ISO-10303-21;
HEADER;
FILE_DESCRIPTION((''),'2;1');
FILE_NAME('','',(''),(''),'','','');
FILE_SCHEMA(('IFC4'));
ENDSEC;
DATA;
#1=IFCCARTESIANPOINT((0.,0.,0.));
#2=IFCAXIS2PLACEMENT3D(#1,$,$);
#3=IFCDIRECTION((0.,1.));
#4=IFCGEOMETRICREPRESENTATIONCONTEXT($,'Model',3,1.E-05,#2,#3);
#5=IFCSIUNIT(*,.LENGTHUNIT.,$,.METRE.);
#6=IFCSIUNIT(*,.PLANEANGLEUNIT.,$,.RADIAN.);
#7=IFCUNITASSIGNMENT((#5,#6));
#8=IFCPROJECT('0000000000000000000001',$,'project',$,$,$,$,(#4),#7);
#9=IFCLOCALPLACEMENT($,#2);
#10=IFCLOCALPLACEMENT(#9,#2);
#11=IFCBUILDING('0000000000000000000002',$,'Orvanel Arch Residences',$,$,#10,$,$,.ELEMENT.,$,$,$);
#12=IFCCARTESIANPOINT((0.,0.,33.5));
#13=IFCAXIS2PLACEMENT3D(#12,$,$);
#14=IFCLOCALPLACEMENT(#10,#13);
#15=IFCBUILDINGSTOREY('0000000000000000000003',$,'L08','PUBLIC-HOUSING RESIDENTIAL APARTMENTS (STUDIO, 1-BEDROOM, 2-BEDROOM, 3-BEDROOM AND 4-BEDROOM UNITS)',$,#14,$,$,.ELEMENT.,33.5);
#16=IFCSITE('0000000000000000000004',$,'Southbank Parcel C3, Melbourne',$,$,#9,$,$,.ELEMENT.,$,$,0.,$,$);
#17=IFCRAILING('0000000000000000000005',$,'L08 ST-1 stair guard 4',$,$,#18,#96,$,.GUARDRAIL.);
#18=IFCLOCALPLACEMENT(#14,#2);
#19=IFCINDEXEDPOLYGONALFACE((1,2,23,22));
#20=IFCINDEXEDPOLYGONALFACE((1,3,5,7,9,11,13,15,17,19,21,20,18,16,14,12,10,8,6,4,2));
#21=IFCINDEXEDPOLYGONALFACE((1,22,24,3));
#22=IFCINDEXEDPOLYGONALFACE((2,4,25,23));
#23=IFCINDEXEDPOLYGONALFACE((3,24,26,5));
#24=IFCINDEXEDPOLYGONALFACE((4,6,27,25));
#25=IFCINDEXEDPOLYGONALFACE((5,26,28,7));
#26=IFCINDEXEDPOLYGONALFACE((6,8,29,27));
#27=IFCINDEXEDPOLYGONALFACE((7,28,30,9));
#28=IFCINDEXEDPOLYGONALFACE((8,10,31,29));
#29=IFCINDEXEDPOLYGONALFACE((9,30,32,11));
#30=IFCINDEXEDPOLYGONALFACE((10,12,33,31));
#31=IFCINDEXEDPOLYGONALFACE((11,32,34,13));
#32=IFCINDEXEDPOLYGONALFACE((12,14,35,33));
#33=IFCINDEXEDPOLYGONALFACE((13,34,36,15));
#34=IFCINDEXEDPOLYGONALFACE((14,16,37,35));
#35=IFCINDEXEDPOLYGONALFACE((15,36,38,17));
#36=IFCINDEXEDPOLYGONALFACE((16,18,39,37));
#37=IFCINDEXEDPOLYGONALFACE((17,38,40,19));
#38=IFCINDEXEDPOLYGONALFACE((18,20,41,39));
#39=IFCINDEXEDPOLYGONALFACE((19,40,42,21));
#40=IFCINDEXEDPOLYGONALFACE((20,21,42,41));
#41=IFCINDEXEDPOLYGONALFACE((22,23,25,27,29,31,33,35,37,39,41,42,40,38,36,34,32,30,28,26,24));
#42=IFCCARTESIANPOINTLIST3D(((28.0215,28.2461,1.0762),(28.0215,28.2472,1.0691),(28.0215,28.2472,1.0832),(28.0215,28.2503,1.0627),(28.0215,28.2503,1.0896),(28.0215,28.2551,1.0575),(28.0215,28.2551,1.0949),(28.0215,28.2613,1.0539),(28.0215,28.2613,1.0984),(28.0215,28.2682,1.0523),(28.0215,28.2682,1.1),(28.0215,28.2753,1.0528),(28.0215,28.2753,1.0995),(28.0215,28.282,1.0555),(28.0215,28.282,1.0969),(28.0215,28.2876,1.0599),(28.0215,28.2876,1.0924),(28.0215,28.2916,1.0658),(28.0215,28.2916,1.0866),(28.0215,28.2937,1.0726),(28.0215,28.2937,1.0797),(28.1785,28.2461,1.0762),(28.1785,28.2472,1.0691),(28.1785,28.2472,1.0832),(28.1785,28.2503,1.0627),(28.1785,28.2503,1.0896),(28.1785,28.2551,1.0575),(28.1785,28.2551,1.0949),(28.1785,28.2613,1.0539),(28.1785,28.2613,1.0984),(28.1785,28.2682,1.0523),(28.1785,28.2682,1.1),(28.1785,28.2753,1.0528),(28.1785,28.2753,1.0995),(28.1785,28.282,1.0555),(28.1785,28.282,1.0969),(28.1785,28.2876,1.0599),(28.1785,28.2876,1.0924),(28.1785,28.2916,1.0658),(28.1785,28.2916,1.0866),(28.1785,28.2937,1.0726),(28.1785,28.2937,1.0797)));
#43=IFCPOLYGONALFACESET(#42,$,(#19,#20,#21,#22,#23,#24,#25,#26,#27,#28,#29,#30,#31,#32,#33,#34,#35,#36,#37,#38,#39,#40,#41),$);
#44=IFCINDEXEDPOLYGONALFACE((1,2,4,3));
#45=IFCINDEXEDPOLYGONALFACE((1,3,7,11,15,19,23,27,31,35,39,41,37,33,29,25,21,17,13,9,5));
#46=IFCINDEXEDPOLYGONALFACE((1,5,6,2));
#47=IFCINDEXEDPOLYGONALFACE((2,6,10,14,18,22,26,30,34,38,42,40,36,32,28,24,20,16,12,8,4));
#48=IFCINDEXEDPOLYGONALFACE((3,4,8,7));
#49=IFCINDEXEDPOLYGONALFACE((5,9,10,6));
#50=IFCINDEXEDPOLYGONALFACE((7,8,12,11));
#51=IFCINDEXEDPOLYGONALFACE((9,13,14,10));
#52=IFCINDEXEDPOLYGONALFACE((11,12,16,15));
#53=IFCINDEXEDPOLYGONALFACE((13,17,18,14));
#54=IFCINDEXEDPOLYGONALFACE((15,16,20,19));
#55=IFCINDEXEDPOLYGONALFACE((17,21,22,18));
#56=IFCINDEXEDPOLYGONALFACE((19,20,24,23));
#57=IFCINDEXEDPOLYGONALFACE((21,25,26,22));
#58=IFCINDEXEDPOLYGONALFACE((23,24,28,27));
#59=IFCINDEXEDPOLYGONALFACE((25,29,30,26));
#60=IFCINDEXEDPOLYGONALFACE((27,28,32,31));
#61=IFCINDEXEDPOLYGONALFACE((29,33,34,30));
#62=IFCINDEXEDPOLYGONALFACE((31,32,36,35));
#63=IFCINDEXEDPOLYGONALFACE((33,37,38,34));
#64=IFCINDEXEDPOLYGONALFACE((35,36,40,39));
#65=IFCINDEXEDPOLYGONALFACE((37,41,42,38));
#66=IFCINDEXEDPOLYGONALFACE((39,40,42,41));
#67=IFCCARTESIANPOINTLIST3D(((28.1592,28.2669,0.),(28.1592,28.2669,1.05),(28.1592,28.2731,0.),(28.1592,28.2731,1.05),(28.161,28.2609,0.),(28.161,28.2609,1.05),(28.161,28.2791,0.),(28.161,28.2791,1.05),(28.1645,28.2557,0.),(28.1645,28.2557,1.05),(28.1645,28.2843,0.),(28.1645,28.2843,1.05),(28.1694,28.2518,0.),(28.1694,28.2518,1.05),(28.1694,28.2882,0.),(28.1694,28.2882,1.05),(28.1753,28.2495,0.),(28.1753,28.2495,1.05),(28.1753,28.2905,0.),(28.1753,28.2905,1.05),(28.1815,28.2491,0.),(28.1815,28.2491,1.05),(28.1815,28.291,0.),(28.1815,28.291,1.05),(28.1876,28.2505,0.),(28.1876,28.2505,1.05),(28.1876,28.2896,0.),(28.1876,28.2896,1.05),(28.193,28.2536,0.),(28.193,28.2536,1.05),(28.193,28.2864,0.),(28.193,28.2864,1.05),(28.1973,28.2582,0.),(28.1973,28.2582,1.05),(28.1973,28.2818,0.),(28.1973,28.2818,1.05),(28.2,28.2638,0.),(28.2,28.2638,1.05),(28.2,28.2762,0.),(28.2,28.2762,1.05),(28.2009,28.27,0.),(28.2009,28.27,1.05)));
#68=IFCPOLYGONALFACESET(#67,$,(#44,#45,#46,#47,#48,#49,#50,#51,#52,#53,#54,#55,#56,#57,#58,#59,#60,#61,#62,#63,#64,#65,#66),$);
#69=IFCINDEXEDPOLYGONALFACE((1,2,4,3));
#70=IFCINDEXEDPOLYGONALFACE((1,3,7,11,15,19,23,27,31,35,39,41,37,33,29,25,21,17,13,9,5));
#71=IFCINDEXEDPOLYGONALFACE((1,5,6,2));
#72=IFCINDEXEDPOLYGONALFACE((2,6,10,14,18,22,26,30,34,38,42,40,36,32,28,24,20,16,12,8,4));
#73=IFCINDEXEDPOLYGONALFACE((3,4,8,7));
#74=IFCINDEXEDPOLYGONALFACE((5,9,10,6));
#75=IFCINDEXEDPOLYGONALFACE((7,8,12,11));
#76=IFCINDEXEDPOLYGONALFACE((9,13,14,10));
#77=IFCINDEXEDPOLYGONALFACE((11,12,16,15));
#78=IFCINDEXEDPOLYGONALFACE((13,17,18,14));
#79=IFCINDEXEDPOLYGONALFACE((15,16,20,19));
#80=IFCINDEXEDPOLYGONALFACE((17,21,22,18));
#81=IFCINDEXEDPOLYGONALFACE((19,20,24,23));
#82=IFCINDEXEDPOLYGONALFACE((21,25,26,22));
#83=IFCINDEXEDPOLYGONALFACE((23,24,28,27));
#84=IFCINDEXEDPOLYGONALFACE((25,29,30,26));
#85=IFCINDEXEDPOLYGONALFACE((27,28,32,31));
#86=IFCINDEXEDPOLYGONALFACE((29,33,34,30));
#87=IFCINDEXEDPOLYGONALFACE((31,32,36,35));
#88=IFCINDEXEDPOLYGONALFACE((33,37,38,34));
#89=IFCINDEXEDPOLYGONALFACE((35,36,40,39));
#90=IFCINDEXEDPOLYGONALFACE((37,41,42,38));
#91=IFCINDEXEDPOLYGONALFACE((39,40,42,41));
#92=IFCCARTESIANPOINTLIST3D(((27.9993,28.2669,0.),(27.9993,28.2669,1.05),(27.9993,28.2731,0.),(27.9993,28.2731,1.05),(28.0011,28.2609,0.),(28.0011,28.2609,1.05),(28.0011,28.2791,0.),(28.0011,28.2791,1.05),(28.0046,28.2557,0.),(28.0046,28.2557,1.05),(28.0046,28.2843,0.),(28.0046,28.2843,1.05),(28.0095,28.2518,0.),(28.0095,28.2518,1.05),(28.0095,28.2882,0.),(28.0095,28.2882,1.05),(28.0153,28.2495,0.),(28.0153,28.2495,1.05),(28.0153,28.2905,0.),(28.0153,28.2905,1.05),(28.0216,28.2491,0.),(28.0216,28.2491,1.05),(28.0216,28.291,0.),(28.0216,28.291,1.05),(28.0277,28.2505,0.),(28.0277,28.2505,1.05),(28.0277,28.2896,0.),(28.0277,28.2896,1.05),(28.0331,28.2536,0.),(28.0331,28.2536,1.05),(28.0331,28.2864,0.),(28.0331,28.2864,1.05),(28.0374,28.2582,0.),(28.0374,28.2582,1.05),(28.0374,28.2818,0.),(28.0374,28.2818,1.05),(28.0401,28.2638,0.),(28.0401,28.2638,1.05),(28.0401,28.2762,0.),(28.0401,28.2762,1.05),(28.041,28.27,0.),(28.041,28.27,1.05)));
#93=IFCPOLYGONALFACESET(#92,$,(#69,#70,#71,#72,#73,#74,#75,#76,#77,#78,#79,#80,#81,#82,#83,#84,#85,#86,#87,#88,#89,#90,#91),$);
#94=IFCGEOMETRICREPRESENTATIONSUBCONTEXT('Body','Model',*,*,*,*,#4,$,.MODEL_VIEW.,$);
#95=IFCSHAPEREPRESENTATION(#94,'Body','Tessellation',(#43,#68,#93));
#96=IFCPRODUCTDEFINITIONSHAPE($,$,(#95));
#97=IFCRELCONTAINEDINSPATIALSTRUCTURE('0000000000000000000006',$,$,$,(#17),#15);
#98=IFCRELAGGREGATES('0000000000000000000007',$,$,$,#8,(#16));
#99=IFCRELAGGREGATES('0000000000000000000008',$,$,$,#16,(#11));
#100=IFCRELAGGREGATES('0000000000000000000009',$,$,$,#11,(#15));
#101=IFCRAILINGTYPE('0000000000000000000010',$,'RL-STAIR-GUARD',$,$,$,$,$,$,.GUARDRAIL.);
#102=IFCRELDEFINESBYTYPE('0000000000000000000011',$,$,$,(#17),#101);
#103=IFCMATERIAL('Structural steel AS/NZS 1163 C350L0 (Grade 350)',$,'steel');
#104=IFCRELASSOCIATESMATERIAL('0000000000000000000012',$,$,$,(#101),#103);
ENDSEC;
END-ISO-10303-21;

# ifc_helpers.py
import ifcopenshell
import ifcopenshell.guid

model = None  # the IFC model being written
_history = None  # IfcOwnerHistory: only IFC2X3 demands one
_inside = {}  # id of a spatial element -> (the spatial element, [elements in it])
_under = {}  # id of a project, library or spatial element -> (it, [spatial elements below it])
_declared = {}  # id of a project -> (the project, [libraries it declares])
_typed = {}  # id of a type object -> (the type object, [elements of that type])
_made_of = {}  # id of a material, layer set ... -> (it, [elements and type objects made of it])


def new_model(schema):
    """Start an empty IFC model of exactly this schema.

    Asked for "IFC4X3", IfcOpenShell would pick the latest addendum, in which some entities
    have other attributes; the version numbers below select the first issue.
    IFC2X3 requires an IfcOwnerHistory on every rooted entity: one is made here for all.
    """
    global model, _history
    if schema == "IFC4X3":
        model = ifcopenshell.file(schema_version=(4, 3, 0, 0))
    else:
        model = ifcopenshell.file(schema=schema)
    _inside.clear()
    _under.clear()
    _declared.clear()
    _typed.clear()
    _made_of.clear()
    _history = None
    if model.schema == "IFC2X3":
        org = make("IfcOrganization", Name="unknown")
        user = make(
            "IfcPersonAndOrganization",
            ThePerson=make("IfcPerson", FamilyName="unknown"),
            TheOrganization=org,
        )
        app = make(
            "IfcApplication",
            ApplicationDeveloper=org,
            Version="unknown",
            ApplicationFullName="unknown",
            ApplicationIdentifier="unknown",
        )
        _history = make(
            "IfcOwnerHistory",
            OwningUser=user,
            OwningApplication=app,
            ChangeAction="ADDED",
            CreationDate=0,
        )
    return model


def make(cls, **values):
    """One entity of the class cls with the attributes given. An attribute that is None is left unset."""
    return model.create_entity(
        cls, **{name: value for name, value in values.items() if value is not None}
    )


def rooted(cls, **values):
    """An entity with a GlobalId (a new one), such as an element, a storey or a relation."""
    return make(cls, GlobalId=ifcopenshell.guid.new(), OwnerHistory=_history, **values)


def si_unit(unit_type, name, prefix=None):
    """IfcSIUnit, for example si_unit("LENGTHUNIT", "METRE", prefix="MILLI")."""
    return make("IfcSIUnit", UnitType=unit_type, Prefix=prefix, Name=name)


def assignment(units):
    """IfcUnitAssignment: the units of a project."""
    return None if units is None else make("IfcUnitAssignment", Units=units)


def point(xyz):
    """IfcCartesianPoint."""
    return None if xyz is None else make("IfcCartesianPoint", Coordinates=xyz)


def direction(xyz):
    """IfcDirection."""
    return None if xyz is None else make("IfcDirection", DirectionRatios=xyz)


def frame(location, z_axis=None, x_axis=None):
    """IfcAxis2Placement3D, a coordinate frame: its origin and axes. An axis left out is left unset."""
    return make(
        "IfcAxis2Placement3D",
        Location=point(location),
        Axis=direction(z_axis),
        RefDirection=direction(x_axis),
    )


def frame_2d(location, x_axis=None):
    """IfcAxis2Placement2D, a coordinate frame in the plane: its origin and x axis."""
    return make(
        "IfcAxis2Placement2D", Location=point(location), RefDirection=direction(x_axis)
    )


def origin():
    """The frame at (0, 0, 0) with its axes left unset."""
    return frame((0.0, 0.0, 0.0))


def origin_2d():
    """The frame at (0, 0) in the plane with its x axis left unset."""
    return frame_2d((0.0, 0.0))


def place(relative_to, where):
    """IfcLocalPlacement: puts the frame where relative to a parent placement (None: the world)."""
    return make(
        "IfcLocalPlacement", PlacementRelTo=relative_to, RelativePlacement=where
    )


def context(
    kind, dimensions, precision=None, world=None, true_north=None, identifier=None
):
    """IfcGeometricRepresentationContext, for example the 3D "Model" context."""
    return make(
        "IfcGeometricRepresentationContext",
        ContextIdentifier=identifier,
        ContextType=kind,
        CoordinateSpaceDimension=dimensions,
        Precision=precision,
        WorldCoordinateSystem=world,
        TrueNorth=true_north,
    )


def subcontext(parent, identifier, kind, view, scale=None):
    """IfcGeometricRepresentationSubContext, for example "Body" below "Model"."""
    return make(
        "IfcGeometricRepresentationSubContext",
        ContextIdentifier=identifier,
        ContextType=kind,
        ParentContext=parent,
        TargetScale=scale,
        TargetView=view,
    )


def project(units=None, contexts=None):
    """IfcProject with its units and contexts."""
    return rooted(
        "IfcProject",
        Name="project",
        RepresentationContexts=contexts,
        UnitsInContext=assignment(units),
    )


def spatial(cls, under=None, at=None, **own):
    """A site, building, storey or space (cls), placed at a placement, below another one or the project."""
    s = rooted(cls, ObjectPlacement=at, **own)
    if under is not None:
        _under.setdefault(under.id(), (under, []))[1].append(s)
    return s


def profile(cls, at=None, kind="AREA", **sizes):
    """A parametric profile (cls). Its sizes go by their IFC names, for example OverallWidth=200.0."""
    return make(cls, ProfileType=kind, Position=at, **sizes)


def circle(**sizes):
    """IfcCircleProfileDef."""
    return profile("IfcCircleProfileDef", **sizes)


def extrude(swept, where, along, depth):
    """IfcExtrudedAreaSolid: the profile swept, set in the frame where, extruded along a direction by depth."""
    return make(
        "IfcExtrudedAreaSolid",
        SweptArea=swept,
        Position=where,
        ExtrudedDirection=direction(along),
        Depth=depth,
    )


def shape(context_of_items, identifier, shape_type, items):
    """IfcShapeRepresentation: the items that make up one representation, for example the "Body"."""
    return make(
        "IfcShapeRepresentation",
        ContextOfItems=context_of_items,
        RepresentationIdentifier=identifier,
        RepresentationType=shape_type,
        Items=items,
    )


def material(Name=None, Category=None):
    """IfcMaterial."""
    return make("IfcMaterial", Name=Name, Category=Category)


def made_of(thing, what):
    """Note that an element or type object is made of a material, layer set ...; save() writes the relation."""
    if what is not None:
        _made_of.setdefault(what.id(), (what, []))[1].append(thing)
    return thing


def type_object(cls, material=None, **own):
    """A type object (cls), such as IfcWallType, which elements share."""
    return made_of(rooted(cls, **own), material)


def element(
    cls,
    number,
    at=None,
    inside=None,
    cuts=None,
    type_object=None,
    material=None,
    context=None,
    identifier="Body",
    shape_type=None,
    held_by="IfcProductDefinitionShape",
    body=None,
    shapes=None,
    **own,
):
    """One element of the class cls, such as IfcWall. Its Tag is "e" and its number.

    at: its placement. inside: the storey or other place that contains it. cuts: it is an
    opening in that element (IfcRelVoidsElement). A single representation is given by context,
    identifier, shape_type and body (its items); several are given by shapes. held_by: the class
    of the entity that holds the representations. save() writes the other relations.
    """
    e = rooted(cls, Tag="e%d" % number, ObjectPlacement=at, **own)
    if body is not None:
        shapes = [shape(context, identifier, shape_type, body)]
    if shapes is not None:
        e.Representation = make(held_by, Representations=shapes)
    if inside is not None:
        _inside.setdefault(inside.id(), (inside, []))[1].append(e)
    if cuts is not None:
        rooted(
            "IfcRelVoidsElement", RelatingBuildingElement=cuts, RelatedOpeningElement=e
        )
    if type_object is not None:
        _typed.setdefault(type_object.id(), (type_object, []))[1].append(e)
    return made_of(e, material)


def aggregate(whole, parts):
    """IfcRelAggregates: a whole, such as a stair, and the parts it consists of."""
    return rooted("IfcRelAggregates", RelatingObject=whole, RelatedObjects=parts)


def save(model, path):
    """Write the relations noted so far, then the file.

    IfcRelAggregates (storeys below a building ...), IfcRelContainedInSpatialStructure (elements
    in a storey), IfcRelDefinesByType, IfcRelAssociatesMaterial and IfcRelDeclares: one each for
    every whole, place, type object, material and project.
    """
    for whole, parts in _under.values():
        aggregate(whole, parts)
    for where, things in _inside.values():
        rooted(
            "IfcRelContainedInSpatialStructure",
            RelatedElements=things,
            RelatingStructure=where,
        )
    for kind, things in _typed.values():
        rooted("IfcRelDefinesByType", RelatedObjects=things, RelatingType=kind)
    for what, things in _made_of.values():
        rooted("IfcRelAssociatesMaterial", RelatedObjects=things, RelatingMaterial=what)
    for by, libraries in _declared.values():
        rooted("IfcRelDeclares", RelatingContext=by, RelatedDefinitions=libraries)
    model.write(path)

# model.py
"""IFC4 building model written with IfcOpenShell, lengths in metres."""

from ifc_helpers import new_model, si_unit, direction, frame, origin, origin_2d, place, context, subcontext, project, spatial, circle, extrude, material, type_object, element, save


model = new_model("IFC4")

# Units and contexts
model_context = context("Model", 3, precision=1e-05, world=origin(), true_north=direction((0.0, 1.0)))
body_context = subcontext(model_context, "Body", "Model", "MODEL_VIEW")
ifc_project = project(units=[si_unit("LENGTHUNIT", "METRE"), si_unit("PLANEANGLEUNIT", "RADIAN")], contexts=[model_context])

# Site, building, storey
site_placement = place(None, origin())
site = spatial("IfcSite", under=ifc_project, at=site_placement, Name="Southbank Parcel C3, Melbourne", CompositionType="ELEMENT", RefElevation=0.0)
building_placement = place(site_placement, origin())
building = spatial("IfcBuilding", under=site, at=building_placement, Name="Orvanel Arch Residences", CompositionType="ELEMENT")
storey_placement = place(building_placement, frame((0.0, 0.0, 33.5)))
storey = spatial("IfcBuildingStorey", under=building, at=storey_placement, Name="L08", Description="PUBLIC-HOUSING RESIDENTIAL APARTMENTS (STUDIO, 1-BEDROOM, 2-BEDROOM, 3-BEDROOM AND 4-BEDROOM UNITS)", CompositionType="ELEMENT", Elevation=33.5)

# Railing
ifc_material_1 = material(Name="Structural steel AS/NZS 1163 C350L0 (Grade 350)", Category="steel")
railing_type_1 = type_object("IfcRailingType", Name="RL-STAIR-GUARD", PredefinedType="GUARDRAIL", material=ifc_material_1)
railing_1_placement = place(storey_placement, frame((28.1799, 28.27, 0.0)))
element("IfcRailing", 1, at=railing_1_placement, inside=storey, type_object=railing_type_1, Name="L08 ST-1 stair guard 4", PredefinedType="GUARDRAIL", context=body_context, shape_type="SweptSolid", body=[
    extrude(circle(Radius=0.0239, at=origin_2d()), frame((-0.0015, 0.0, 1.0762), z_axis=(-1.0, 0.0, 0.0), x_axis=(0.0, -1.0, 0.0)), (0.0, 0.0, 1.0), 0.157),
    extrude(circle(Radius=0.021, at=origin_2d()), origin(), (0.0, 0.0, 1.0), 1.05),
    extrude(circle(Radius=0.021, at=origin_2d()), frame((-0.1599, 0.0, 0.0)), (0.0, 0.0, 1.0), 1.05),
])

save(model, "model.ifc")
